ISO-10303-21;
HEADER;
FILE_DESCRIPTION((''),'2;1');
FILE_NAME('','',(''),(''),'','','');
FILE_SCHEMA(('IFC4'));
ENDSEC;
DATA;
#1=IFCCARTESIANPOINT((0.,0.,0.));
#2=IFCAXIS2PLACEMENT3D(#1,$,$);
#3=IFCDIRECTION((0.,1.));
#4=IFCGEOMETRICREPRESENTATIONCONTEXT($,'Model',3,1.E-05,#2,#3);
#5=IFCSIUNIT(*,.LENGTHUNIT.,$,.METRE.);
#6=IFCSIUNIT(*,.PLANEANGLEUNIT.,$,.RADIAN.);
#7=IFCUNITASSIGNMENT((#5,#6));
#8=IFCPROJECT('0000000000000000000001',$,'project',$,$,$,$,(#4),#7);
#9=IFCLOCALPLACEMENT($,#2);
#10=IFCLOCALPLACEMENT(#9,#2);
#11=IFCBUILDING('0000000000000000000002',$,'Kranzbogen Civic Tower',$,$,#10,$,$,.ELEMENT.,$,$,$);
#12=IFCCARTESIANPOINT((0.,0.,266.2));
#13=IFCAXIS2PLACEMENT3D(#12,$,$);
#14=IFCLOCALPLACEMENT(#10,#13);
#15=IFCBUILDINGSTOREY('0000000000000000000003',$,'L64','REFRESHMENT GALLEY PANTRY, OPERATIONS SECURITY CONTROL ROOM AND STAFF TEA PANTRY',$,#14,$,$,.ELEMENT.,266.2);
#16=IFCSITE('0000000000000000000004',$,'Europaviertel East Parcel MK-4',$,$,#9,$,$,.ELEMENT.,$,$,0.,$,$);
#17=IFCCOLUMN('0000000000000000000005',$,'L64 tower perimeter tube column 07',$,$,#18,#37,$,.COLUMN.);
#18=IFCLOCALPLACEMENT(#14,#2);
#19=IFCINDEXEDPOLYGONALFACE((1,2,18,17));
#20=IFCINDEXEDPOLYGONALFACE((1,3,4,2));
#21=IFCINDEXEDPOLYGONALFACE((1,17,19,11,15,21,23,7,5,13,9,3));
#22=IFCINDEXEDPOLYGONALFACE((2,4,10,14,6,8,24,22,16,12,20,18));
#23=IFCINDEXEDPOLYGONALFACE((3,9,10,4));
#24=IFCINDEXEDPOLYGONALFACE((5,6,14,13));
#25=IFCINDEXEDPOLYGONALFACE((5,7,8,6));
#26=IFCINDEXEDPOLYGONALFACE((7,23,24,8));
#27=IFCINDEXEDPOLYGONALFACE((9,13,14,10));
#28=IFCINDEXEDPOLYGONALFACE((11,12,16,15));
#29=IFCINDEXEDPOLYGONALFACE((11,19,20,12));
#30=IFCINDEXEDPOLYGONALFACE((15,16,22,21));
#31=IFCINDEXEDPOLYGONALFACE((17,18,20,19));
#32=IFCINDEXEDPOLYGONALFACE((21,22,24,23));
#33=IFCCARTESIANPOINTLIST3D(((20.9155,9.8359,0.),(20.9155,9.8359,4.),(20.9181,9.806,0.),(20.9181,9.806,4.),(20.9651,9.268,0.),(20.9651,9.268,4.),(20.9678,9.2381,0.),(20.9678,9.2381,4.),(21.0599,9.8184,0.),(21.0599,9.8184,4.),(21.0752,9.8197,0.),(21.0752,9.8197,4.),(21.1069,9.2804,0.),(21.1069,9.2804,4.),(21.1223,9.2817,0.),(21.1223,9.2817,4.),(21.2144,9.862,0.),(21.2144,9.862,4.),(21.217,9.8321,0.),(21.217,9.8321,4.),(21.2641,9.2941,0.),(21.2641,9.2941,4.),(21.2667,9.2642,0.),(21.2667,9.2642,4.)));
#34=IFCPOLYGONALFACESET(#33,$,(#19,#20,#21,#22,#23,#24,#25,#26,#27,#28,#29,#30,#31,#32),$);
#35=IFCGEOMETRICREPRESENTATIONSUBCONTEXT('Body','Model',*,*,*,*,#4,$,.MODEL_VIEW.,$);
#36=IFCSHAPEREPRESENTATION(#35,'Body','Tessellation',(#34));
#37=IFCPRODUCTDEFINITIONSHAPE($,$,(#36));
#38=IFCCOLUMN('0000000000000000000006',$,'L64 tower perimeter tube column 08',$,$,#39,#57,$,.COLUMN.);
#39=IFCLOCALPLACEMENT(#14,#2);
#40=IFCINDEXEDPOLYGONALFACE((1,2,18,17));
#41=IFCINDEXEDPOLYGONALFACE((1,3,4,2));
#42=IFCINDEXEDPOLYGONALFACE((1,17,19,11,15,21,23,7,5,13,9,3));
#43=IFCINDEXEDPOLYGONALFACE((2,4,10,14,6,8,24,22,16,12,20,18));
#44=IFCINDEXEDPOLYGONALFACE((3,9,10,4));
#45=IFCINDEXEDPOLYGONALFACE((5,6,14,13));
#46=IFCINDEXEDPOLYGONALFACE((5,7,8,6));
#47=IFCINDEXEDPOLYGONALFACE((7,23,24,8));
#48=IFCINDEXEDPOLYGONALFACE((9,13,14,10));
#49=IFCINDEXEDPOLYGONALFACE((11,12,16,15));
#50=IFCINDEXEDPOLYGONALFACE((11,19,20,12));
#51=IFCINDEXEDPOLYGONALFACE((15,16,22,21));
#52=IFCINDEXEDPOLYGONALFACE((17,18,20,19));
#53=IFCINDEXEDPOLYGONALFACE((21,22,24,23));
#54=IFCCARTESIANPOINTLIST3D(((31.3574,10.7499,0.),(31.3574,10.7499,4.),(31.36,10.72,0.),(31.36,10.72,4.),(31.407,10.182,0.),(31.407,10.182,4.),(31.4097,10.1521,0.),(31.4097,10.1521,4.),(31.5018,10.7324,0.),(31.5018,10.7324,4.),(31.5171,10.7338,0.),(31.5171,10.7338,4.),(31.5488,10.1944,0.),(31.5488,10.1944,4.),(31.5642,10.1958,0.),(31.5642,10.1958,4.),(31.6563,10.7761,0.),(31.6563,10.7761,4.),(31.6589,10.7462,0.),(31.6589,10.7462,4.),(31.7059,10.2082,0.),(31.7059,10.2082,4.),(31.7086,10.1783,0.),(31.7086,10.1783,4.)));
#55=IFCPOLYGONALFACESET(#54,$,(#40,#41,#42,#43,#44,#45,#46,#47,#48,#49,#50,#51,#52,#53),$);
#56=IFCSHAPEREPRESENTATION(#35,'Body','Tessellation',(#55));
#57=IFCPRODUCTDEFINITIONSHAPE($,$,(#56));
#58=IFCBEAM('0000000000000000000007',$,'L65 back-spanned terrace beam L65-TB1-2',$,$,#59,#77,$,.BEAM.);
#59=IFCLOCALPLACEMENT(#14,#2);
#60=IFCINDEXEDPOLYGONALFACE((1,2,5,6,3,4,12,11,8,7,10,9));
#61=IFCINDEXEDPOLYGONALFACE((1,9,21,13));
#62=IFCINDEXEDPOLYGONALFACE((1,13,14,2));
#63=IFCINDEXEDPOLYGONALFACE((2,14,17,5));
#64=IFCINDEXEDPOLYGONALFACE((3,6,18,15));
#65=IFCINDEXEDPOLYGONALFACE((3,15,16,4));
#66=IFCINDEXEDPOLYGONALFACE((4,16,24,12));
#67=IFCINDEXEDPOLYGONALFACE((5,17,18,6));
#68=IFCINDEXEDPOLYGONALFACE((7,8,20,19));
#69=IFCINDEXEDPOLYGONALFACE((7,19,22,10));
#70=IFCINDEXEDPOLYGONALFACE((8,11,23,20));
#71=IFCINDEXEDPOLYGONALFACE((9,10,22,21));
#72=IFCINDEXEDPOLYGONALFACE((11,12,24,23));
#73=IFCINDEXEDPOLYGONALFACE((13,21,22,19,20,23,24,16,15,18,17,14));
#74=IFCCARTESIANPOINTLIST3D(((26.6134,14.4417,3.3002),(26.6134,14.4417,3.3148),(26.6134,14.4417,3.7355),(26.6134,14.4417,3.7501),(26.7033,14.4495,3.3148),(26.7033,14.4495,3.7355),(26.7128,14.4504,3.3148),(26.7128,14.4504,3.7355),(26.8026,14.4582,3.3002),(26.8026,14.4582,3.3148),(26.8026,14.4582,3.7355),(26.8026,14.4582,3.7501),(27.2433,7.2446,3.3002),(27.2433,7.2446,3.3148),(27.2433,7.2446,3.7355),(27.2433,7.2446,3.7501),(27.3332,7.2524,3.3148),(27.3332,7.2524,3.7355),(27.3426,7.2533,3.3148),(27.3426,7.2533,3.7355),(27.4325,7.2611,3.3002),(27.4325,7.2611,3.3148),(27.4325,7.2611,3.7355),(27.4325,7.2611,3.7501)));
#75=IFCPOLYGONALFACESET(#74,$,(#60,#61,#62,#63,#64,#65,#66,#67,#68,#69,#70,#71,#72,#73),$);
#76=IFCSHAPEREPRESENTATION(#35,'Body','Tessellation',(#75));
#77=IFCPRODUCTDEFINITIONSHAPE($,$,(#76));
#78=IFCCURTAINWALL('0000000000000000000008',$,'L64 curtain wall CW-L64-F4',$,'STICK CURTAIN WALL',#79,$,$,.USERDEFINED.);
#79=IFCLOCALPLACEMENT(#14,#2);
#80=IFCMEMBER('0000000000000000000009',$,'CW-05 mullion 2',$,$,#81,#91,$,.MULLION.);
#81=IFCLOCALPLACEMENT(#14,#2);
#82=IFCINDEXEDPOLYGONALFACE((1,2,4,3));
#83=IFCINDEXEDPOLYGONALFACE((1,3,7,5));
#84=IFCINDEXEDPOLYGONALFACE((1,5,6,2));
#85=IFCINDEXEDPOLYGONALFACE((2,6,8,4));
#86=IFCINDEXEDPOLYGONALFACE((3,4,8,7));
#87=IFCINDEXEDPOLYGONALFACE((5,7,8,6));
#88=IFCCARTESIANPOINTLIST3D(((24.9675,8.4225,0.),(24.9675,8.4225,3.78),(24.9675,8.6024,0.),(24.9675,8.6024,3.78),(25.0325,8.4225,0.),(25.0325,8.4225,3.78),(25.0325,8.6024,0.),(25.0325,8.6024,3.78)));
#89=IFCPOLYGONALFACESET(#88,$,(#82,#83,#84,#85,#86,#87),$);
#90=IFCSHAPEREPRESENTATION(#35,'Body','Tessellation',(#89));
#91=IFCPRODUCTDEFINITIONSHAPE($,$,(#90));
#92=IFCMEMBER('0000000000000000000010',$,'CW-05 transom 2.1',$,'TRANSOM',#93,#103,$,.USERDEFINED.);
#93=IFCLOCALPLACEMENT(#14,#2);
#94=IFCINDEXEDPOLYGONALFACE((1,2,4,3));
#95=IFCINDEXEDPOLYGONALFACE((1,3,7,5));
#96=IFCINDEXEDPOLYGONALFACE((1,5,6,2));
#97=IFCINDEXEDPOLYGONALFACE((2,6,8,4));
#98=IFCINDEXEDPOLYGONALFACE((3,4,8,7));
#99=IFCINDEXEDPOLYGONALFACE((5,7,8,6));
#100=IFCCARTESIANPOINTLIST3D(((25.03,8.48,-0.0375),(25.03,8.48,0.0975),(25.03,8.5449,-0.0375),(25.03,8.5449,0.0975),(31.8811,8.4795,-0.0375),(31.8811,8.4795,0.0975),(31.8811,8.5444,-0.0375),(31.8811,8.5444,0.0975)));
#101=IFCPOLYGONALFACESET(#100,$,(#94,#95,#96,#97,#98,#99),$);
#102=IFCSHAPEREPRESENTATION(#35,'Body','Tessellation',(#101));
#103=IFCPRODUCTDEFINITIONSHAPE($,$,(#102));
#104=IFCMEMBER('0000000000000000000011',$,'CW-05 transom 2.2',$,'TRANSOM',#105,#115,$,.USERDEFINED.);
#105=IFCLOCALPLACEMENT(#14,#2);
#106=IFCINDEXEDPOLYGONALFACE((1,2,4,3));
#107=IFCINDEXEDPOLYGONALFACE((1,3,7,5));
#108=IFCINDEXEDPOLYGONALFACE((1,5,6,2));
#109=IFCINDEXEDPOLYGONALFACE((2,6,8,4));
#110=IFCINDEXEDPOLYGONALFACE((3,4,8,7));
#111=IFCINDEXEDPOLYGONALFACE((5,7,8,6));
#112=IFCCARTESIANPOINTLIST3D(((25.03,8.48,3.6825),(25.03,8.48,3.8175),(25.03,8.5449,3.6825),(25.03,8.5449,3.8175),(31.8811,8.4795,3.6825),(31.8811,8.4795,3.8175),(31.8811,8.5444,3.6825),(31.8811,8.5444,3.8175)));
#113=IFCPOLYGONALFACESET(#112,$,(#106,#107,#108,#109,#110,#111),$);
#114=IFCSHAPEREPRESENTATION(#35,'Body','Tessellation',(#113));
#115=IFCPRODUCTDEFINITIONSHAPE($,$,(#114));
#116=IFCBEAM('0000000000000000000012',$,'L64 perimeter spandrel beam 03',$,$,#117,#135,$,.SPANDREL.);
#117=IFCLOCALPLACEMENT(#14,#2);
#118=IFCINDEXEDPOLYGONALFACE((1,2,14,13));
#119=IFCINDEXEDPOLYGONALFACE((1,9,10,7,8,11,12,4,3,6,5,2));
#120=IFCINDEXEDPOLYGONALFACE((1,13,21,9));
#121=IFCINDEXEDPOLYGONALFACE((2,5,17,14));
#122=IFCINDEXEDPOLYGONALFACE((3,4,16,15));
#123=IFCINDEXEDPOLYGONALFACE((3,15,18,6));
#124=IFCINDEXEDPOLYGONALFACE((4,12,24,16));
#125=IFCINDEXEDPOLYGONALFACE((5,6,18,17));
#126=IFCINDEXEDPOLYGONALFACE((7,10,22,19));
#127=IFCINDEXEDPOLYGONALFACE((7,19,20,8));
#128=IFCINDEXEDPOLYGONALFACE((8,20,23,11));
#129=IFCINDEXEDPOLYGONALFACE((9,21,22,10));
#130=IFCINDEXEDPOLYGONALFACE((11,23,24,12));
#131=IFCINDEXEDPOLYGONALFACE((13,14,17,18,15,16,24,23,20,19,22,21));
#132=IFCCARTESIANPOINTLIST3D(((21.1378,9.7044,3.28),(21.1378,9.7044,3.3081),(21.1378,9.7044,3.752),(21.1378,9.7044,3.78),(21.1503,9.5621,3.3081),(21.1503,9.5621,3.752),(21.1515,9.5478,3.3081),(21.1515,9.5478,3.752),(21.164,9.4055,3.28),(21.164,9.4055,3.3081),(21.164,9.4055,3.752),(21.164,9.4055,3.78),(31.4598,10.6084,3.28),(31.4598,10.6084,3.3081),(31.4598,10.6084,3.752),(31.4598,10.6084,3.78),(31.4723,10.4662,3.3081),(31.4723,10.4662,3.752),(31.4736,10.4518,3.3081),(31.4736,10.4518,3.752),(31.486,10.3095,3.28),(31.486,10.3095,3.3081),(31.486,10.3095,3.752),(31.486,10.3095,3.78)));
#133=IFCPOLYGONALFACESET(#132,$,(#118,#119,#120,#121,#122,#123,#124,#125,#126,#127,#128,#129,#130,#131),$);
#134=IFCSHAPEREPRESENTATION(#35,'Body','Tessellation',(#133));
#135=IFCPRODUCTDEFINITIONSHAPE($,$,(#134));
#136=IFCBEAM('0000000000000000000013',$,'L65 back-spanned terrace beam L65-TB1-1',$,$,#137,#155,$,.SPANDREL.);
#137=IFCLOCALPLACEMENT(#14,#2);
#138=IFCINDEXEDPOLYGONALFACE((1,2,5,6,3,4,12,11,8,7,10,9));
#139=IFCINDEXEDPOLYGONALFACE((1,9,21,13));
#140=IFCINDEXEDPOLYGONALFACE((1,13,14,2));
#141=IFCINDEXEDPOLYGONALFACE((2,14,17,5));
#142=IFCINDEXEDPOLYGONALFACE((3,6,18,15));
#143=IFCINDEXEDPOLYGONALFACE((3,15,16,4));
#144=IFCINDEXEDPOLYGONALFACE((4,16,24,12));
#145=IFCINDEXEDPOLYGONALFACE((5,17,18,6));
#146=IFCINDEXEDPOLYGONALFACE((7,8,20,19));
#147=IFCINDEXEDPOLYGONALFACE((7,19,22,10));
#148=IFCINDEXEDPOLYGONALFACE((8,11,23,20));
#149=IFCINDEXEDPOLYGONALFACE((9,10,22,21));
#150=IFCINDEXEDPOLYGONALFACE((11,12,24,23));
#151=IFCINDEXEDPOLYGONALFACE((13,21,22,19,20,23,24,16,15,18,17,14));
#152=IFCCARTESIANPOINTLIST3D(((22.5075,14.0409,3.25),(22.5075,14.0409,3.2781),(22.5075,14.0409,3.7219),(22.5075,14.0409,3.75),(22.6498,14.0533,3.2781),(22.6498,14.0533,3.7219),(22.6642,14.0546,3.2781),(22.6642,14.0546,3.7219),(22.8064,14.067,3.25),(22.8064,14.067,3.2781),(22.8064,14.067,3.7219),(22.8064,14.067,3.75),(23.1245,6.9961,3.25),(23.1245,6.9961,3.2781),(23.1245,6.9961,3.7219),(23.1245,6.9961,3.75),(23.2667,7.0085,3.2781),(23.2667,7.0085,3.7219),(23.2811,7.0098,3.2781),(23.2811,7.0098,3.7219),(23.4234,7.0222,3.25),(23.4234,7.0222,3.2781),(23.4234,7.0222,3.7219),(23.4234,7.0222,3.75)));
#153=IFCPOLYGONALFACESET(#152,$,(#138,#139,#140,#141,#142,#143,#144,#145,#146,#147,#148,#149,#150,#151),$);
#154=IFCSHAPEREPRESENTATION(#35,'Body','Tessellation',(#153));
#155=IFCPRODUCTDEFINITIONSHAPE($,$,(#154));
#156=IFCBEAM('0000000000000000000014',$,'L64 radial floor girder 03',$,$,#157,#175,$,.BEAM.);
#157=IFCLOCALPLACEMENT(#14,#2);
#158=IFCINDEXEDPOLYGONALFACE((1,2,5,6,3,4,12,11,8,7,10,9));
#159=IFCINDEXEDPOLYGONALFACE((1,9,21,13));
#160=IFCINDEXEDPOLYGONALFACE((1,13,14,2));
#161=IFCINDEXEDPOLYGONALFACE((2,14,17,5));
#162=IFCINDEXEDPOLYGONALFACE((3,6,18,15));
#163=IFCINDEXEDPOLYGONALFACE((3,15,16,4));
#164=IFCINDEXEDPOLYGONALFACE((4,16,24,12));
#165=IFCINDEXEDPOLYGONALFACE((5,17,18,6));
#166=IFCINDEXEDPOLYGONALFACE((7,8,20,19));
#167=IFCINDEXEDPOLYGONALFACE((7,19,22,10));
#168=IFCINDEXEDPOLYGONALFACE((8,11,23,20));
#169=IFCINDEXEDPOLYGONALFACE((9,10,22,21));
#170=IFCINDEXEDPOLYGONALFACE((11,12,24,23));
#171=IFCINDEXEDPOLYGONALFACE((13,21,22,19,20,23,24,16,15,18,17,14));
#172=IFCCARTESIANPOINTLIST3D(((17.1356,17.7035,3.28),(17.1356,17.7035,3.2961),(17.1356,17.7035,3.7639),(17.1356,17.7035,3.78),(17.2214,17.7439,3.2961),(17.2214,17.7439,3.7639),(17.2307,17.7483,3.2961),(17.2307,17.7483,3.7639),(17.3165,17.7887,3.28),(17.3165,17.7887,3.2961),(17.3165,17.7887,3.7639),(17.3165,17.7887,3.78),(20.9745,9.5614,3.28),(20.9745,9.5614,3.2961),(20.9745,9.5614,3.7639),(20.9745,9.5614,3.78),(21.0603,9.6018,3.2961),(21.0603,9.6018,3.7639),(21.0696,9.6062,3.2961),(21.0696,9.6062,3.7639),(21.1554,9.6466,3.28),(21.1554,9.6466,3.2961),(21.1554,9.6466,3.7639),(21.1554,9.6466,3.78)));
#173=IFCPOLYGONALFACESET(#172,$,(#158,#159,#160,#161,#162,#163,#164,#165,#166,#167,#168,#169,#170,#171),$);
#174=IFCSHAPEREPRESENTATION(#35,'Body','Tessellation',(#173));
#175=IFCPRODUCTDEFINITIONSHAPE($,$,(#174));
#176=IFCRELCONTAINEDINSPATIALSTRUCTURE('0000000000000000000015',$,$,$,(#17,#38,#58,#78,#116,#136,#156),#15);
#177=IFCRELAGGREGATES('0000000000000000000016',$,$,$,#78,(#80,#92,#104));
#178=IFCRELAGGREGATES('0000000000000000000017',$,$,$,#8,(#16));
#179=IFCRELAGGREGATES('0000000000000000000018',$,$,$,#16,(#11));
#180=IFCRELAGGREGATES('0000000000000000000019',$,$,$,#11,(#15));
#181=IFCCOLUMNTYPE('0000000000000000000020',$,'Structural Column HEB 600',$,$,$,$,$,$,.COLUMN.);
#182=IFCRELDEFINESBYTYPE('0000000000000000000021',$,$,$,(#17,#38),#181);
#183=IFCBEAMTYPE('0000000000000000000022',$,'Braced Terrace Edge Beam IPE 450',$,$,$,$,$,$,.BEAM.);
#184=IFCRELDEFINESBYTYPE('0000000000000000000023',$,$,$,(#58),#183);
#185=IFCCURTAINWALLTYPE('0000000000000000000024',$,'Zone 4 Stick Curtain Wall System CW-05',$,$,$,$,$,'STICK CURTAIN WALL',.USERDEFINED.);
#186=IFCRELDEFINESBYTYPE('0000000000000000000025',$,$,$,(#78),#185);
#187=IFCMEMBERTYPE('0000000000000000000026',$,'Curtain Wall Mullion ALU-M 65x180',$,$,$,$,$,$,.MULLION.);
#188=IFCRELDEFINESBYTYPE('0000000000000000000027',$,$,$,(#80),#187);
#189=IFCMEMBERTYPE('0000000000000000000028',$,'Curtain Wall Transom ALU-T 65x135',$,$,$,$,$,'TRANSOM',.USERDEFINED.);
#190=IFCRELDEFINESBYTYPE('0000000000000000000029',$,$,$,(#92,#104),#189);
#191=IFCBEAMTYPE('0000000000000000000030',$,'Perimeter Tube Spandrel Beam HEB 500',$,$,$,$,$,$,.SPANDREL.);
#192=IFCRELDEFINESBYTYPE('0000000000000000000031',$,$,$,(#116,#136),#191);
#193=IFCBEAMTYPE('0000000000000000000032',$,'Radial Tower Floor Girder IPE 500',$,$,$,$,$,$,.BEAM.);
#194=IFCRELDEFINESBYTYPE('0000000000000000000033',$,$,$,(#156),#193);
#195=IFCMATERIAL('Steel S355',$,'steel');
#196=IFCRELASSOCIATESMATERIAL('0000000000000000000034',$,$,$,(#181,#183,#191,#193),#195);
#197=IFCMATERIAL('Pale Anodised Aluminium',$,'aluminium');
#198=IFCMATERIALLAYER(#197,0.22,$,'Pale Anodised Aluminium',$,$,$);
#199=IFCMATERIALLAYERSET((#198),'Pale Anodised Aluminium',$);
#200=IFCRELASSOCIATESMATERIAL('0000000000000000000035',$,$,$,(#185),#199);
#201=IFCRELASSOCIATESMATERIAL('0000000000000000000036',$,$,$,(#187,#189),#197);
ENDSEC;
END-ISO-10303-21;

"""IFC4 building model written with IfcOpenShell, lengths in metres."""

from ifc_helpers import new_model, si_unit, direction, frame, origin, origin_2d, place, context, subcontext, project, spatial, rectangle, i_section, extrude, material, layer, layer_set, material_profile, profile_set, type_object, element, aggregate, save


model = new_model("IFC4")

# Units and contexts
model_context = context("Model", 3, precision=1e-05, world=origin(), true_north=direction((0.0, 1.0)))
body_context = subcontext(model_context, "Body", "Model", "MODEL_VIEW")
ifc_project = project(units=[si_unit("LENGTHUNIT", "METRE"), si_unit("PLANEANGLEUNIT", "RADIAN")], contexts=[model_context])

# Site, building, storey
site_placement = place(None, origin())
site = spatial("IfcSite", under=ifc_project, at=site_placement, Name="Europaviertel East Parcel MK-4", CompositionType="ELEMENT", RefElevation=0.0)
building_placement = place(site_placement, origin())
building = spatial("IfcBuilding", under=site, at=building_placement, Name="Kranzbogen Civic Tower", CompositionType="ELEMENT")
storey_placement = place(building_placement, frame((0.0, 0.0, 266.2)))
storey = spatial("IfcBuildingStorey", under=building, at=storey_placement, Name="L64", Description="REFRESHMENT GALLEY PANTRY, OPERATIONS SECURITY CONTROL ROOM AND STAFF TEA PANTRY", CompositionType="ELEMENT", Elevation=266.2)

# Columns
ifc_material_1 = material(Name="Steel S355", Category="steel")
ifc_material_profile_1 = material_profile(ifc_material_1, i_section(OverallWidth=0.3, OverallDepth=0.6001, WebThickness=0.0154, FlangeThickness=0.03, at=origin_2d()), Name="HEB 600")
ifc_profile_set_1 = profile_set([ifc_material_profile_1], Name="Steel S355")
column_type = type_object("IfcColumnType", Name="Structural Column HEB 600", PredefinedType="COLUMN", material=ifc_profile_set_1)
for number, where, z_axis, x_axis, name in (
    (1, (21.0911, 9.55, 0.0), (0.0, 0.0, 1.0), (0.996195, 0.087156, 0.0), "L64 tower perimeter tube column 07"),
    (2, (31.533, 10.4641, 0.0), (0.0, 0.0, 1.0), (0.996195, 0.087156, 0.0), "L64 tower perimeter tube column 08"),
):
    element("IfcColumn", number, at=place(storey_placement, frame(where, z_axis=z_axis, x_axis=x_axis)), inside=storey, type_object=column_type, Name=name, PredefinedType="COLUMN", context=body_context, shape_type="SweptSolid", body=[
        extrude(i_section(OverallWidth=0.3, OverallDepth=0.6001, WebThickness=0.0154, FlangeThickness=0.03, at=origin_2d()), origin(), (0.0, 0.0, 1.0), 4.0),
    ])

# Beam
ifc_material_profile_2 = material_profile(ifc_material_1, i_section(OverallWidth=0.1899, OverallDepth=0.45, WebThickness=0.0095, FlangeThickness=0.0146, at=origin_2d()), Name="IPE 450")
ifc_profile_set_2 = profile_set([ifc_material_profile_2], Name="Steel S355")
beam_type_1 = type_object("IfcBeamType", Name="Braced Terrace Edge Beam IPE 450", PredefinedType="BEAM", material=ifc_profile_set_2)
beam_1_placement = place(storey_placement, frame((26.708, 14.45, 3.5251), z_axis=(0.087187, -0.996192, 0.0), x_axis=(0.996192, 0.087187, 0.0)))
element("IfcBeam", 3, at=beam_1_placement, inside=storey, type_object=beam_type_1, Name="L65 back-spanned terrace beam L65-TB1-2", PredefinedType="BEAM", context=body_context, shape_type="SweptSolid", body=[
    extrude(i_section(OverallWidth=0.1899, OverallDepth=0.45, WebThickness=0.0095, FlangeThickness=0.0146, at=origin_2d()), origin(), (0.0, 0.0, 1.0), 7.2246),
])

# Curtain wall, members
ifc_material_2 = material(Name="Pale Anodised Aluminium", Category="aluminium")
ifc_layer_1 = layer(ifc_material_2, 0.22, Name="Pale Anodised Aluminium")
ifc_layer_set_1 = layer_set([ifc_layer_1], Name="Pale Anodised Aluminium")
curtain_wall_type = type_object("IfcCurtainWallType", Name="Zone 4 Stick Curtain Wall System CW-05", ElementType="STICK CURTAIN WALL", PredefinedType="USERDEFINED", material=ifc_layer_set_1)
curtain_wall_placement = place(storey_placement, origin())
curtain_wall = element("IfcCurtainWall", 4, at=curtain_wall_placement, inside=storey, type_object=curtain_wall_type, Name="L64 curtain wall CW-L64-F4", ObjectType="STICK CURTAIN WALL", PredefinedType="USERDEFINED")
ifc_material_profile_3 = material_profile(ifc_material_2, rectangle(XDim=0.0649, YDim=0.1799, at=origin_2d()), Name="ALU-M 65x180")
ifc_profile_set_3 = profile_set([ifc_material_profile_3], Name="Pale Anodised Aluminium")
member_type_1 = type_object("IfcMemberType", Name="Curtain Wall Mullion ALU-M 65x180", PredefinedType="MULLION", material=ifc_profile_set_3)
member_1_placement = place(storey_placement, frame((25.0, 8.5125, 0.0), z_axis=(0.0, 0.0, 1.0), x_axis=(1.0, -0.000072, 0.0)))
member_1 = element("IfcMember", 5, at=member_1_placement, type_object=member_type_1, Name="CW-05 mullion 2", PredefinedType="MULLION", context=body_context, shape_type="SweptSolid", body=[
    extrude(rectangle(XDim=0.0649, YDim=0.1799, at=origin_2d()), origin(), (0.0, 0.0, 1.0), 3.78),
])
ifc_material_profile_4 = material_profile(ifc_material_2, rectangle(XDim=0.0649, YDim=0.135, at=origin_2d()), Name="ALU-T 65x135")
ifc_profile_set_4 = profile_set([ifc_material_profile_4], Name="Pale Anodised Aluminium")
member_type_2 = type_object("IfcMemberType", Name="Curtain Wall Transom ALU-T 65x135", ElementType="TRANSOM", PredefinedType="USERDEFINED", material=ifc_profile_set_4)
member_2_placement = place(storey_placement, frame((25.03, 8.5125, 0.03), z_axis=(1.0, -0.000071, 0.0), x_axis=(0.000071, 1.0, 0.0)))
member_2 = element("IfcMember", 6, at=member_2_placement, type_object=member_type_2, Name="CW-05 transom 2.1", ObjectType="TRANSOM", PredefinedType="USERDEFINED", context=body_context, shape_type="SweptSolid", body=[
    extrude(rectangle(XDim=0.0649, YDim=0.135, at=origin_2d()), origin(), (0.0, 0.0, 1.0), 6.8511),
])
member_3_placement = place(storey_placement, frame((25.03, 8.5125, 3.75), z_axis=(1.0, -0.000071, 0.0), x_axis=(0.000071, 1.0, 0.0)))
member_3 = element("IfcMember", 7, at=member_3_placement, type_object=member_type_2, Name="CW-05 transom 2.2", ObjectType="TRANSOM", PredefinedType="USERDEFINED", context=body_context, shape_type="SweptSolid", body=[
    extrude(rectangle(XDim=0.0649, YDim=0.135, at=origin_2d()), origin(), (0.0, 0.0, 1.0), 6.8511),
])

# Beams
ifc_material_profile_5 = material_profile(ifc_material_1, i_section(OverallWidth=0.3, OverallDepth=0.5, WebThickness=0.0144, FlangeThickness=0.0281, at=origin_2d()), Name="HEB 500")
ifc_profile_set_5 = profile_set([ifc_material_profile_5], Name="Steel S355")
beam_type_2 = type_object("IfcBeamType", Name="Perimeter Tube Spandrel Beam HEB 500", PredefinedType="SPANDREL", material=ifc_profile_set_5)
beam_2_placement = place(storey_placement, frame((21.1509, 9.5549, 3.53), z_axis=(0.996186, 0.087251, 0.0), x_axis=(-0.087251, 0.996186, 0.0)))
element("IfcBeam", 8, at=beam_2_placement, inside=storey, type_object=beam_type_2, Name="L64 perimeter spandrel beam 03", PredefinedType="SPANDREL", context=body_context, shape_type="SweptSolid", body=[
    extrude(i_section(OverallWidth=0.3, OverallDepth=0.5, WebThickness=0.0144, FlangeThickness=0.0281, at=origin_2d()), origin(), (0.0, 0.0, 1.0), 10.3616),
])
beam_3_placement = place(storey_placement, frame((22.657, 14.054, 3.5), z_axis=(0.087239, -0.996187, 0.0), x_axis=(0.996187, 0.087239, 0.0)))
element("IfcBeam", 9, at=beam_3_placement, inside=storey, type_object=beam_type_2, Name="L65 back-spanned terrace beam L65-TB1-1", PredefinedType="SPANDREL", context=body_context, shape_type="SweptSolid", body=[
    extrude(i_section(OverallWidth=0.3, OverallDepth=0.5, WebThickness=0.0144, FlangeThickness=0.0281, at=origin_2d()), origin(), (0.0, 0.0, 1.0), 7.0718),
])
ifc_material_profile_6 = material_profile(ifc_material_1, i_section(OverallWidth=0.2, OverallDepth=0.5, WebThickness=0.0103, FlangeThickness=0.0161, at=origin_2d()), Name="IPE 500")
ifc_profile_set_6 = profile_set([ifc_material_profile_6], Name="Steel S355")
beam_type_3 = type_object("IfcBeamType", Name="Radial Tower Floor Girder IPE 500", PredefinedType="BEAM", material=ifc_profile_set_6)
beam_4_placement = place(storey_placement, frame((21.0649, 9.604, 3.53), z_axis=(-0.42646, 0.904506, 0.0), x_axis=(-0.904506, -0.42646, 0.0)))
element("IfcBeam", 10, at=beam_4_placement, inside=storey, type_object=beam_type_3, Name="L64 radial floor girder 03", PredefinedType="BEAM", context=body_context, shape_type="SweptSolid", body=[
    extrude(i_section(OverallWidth=0.2, OverallDepth=0.5, WebThickness=0.0103, FlangeThickness=0.0161, at=origin_2d()), origin(), (0.0, 0.0, 1.0), 9.0017),
])

aggregate(curtain_wall, [member_1, member_2, member_3])

save(model, "model.ifc")
